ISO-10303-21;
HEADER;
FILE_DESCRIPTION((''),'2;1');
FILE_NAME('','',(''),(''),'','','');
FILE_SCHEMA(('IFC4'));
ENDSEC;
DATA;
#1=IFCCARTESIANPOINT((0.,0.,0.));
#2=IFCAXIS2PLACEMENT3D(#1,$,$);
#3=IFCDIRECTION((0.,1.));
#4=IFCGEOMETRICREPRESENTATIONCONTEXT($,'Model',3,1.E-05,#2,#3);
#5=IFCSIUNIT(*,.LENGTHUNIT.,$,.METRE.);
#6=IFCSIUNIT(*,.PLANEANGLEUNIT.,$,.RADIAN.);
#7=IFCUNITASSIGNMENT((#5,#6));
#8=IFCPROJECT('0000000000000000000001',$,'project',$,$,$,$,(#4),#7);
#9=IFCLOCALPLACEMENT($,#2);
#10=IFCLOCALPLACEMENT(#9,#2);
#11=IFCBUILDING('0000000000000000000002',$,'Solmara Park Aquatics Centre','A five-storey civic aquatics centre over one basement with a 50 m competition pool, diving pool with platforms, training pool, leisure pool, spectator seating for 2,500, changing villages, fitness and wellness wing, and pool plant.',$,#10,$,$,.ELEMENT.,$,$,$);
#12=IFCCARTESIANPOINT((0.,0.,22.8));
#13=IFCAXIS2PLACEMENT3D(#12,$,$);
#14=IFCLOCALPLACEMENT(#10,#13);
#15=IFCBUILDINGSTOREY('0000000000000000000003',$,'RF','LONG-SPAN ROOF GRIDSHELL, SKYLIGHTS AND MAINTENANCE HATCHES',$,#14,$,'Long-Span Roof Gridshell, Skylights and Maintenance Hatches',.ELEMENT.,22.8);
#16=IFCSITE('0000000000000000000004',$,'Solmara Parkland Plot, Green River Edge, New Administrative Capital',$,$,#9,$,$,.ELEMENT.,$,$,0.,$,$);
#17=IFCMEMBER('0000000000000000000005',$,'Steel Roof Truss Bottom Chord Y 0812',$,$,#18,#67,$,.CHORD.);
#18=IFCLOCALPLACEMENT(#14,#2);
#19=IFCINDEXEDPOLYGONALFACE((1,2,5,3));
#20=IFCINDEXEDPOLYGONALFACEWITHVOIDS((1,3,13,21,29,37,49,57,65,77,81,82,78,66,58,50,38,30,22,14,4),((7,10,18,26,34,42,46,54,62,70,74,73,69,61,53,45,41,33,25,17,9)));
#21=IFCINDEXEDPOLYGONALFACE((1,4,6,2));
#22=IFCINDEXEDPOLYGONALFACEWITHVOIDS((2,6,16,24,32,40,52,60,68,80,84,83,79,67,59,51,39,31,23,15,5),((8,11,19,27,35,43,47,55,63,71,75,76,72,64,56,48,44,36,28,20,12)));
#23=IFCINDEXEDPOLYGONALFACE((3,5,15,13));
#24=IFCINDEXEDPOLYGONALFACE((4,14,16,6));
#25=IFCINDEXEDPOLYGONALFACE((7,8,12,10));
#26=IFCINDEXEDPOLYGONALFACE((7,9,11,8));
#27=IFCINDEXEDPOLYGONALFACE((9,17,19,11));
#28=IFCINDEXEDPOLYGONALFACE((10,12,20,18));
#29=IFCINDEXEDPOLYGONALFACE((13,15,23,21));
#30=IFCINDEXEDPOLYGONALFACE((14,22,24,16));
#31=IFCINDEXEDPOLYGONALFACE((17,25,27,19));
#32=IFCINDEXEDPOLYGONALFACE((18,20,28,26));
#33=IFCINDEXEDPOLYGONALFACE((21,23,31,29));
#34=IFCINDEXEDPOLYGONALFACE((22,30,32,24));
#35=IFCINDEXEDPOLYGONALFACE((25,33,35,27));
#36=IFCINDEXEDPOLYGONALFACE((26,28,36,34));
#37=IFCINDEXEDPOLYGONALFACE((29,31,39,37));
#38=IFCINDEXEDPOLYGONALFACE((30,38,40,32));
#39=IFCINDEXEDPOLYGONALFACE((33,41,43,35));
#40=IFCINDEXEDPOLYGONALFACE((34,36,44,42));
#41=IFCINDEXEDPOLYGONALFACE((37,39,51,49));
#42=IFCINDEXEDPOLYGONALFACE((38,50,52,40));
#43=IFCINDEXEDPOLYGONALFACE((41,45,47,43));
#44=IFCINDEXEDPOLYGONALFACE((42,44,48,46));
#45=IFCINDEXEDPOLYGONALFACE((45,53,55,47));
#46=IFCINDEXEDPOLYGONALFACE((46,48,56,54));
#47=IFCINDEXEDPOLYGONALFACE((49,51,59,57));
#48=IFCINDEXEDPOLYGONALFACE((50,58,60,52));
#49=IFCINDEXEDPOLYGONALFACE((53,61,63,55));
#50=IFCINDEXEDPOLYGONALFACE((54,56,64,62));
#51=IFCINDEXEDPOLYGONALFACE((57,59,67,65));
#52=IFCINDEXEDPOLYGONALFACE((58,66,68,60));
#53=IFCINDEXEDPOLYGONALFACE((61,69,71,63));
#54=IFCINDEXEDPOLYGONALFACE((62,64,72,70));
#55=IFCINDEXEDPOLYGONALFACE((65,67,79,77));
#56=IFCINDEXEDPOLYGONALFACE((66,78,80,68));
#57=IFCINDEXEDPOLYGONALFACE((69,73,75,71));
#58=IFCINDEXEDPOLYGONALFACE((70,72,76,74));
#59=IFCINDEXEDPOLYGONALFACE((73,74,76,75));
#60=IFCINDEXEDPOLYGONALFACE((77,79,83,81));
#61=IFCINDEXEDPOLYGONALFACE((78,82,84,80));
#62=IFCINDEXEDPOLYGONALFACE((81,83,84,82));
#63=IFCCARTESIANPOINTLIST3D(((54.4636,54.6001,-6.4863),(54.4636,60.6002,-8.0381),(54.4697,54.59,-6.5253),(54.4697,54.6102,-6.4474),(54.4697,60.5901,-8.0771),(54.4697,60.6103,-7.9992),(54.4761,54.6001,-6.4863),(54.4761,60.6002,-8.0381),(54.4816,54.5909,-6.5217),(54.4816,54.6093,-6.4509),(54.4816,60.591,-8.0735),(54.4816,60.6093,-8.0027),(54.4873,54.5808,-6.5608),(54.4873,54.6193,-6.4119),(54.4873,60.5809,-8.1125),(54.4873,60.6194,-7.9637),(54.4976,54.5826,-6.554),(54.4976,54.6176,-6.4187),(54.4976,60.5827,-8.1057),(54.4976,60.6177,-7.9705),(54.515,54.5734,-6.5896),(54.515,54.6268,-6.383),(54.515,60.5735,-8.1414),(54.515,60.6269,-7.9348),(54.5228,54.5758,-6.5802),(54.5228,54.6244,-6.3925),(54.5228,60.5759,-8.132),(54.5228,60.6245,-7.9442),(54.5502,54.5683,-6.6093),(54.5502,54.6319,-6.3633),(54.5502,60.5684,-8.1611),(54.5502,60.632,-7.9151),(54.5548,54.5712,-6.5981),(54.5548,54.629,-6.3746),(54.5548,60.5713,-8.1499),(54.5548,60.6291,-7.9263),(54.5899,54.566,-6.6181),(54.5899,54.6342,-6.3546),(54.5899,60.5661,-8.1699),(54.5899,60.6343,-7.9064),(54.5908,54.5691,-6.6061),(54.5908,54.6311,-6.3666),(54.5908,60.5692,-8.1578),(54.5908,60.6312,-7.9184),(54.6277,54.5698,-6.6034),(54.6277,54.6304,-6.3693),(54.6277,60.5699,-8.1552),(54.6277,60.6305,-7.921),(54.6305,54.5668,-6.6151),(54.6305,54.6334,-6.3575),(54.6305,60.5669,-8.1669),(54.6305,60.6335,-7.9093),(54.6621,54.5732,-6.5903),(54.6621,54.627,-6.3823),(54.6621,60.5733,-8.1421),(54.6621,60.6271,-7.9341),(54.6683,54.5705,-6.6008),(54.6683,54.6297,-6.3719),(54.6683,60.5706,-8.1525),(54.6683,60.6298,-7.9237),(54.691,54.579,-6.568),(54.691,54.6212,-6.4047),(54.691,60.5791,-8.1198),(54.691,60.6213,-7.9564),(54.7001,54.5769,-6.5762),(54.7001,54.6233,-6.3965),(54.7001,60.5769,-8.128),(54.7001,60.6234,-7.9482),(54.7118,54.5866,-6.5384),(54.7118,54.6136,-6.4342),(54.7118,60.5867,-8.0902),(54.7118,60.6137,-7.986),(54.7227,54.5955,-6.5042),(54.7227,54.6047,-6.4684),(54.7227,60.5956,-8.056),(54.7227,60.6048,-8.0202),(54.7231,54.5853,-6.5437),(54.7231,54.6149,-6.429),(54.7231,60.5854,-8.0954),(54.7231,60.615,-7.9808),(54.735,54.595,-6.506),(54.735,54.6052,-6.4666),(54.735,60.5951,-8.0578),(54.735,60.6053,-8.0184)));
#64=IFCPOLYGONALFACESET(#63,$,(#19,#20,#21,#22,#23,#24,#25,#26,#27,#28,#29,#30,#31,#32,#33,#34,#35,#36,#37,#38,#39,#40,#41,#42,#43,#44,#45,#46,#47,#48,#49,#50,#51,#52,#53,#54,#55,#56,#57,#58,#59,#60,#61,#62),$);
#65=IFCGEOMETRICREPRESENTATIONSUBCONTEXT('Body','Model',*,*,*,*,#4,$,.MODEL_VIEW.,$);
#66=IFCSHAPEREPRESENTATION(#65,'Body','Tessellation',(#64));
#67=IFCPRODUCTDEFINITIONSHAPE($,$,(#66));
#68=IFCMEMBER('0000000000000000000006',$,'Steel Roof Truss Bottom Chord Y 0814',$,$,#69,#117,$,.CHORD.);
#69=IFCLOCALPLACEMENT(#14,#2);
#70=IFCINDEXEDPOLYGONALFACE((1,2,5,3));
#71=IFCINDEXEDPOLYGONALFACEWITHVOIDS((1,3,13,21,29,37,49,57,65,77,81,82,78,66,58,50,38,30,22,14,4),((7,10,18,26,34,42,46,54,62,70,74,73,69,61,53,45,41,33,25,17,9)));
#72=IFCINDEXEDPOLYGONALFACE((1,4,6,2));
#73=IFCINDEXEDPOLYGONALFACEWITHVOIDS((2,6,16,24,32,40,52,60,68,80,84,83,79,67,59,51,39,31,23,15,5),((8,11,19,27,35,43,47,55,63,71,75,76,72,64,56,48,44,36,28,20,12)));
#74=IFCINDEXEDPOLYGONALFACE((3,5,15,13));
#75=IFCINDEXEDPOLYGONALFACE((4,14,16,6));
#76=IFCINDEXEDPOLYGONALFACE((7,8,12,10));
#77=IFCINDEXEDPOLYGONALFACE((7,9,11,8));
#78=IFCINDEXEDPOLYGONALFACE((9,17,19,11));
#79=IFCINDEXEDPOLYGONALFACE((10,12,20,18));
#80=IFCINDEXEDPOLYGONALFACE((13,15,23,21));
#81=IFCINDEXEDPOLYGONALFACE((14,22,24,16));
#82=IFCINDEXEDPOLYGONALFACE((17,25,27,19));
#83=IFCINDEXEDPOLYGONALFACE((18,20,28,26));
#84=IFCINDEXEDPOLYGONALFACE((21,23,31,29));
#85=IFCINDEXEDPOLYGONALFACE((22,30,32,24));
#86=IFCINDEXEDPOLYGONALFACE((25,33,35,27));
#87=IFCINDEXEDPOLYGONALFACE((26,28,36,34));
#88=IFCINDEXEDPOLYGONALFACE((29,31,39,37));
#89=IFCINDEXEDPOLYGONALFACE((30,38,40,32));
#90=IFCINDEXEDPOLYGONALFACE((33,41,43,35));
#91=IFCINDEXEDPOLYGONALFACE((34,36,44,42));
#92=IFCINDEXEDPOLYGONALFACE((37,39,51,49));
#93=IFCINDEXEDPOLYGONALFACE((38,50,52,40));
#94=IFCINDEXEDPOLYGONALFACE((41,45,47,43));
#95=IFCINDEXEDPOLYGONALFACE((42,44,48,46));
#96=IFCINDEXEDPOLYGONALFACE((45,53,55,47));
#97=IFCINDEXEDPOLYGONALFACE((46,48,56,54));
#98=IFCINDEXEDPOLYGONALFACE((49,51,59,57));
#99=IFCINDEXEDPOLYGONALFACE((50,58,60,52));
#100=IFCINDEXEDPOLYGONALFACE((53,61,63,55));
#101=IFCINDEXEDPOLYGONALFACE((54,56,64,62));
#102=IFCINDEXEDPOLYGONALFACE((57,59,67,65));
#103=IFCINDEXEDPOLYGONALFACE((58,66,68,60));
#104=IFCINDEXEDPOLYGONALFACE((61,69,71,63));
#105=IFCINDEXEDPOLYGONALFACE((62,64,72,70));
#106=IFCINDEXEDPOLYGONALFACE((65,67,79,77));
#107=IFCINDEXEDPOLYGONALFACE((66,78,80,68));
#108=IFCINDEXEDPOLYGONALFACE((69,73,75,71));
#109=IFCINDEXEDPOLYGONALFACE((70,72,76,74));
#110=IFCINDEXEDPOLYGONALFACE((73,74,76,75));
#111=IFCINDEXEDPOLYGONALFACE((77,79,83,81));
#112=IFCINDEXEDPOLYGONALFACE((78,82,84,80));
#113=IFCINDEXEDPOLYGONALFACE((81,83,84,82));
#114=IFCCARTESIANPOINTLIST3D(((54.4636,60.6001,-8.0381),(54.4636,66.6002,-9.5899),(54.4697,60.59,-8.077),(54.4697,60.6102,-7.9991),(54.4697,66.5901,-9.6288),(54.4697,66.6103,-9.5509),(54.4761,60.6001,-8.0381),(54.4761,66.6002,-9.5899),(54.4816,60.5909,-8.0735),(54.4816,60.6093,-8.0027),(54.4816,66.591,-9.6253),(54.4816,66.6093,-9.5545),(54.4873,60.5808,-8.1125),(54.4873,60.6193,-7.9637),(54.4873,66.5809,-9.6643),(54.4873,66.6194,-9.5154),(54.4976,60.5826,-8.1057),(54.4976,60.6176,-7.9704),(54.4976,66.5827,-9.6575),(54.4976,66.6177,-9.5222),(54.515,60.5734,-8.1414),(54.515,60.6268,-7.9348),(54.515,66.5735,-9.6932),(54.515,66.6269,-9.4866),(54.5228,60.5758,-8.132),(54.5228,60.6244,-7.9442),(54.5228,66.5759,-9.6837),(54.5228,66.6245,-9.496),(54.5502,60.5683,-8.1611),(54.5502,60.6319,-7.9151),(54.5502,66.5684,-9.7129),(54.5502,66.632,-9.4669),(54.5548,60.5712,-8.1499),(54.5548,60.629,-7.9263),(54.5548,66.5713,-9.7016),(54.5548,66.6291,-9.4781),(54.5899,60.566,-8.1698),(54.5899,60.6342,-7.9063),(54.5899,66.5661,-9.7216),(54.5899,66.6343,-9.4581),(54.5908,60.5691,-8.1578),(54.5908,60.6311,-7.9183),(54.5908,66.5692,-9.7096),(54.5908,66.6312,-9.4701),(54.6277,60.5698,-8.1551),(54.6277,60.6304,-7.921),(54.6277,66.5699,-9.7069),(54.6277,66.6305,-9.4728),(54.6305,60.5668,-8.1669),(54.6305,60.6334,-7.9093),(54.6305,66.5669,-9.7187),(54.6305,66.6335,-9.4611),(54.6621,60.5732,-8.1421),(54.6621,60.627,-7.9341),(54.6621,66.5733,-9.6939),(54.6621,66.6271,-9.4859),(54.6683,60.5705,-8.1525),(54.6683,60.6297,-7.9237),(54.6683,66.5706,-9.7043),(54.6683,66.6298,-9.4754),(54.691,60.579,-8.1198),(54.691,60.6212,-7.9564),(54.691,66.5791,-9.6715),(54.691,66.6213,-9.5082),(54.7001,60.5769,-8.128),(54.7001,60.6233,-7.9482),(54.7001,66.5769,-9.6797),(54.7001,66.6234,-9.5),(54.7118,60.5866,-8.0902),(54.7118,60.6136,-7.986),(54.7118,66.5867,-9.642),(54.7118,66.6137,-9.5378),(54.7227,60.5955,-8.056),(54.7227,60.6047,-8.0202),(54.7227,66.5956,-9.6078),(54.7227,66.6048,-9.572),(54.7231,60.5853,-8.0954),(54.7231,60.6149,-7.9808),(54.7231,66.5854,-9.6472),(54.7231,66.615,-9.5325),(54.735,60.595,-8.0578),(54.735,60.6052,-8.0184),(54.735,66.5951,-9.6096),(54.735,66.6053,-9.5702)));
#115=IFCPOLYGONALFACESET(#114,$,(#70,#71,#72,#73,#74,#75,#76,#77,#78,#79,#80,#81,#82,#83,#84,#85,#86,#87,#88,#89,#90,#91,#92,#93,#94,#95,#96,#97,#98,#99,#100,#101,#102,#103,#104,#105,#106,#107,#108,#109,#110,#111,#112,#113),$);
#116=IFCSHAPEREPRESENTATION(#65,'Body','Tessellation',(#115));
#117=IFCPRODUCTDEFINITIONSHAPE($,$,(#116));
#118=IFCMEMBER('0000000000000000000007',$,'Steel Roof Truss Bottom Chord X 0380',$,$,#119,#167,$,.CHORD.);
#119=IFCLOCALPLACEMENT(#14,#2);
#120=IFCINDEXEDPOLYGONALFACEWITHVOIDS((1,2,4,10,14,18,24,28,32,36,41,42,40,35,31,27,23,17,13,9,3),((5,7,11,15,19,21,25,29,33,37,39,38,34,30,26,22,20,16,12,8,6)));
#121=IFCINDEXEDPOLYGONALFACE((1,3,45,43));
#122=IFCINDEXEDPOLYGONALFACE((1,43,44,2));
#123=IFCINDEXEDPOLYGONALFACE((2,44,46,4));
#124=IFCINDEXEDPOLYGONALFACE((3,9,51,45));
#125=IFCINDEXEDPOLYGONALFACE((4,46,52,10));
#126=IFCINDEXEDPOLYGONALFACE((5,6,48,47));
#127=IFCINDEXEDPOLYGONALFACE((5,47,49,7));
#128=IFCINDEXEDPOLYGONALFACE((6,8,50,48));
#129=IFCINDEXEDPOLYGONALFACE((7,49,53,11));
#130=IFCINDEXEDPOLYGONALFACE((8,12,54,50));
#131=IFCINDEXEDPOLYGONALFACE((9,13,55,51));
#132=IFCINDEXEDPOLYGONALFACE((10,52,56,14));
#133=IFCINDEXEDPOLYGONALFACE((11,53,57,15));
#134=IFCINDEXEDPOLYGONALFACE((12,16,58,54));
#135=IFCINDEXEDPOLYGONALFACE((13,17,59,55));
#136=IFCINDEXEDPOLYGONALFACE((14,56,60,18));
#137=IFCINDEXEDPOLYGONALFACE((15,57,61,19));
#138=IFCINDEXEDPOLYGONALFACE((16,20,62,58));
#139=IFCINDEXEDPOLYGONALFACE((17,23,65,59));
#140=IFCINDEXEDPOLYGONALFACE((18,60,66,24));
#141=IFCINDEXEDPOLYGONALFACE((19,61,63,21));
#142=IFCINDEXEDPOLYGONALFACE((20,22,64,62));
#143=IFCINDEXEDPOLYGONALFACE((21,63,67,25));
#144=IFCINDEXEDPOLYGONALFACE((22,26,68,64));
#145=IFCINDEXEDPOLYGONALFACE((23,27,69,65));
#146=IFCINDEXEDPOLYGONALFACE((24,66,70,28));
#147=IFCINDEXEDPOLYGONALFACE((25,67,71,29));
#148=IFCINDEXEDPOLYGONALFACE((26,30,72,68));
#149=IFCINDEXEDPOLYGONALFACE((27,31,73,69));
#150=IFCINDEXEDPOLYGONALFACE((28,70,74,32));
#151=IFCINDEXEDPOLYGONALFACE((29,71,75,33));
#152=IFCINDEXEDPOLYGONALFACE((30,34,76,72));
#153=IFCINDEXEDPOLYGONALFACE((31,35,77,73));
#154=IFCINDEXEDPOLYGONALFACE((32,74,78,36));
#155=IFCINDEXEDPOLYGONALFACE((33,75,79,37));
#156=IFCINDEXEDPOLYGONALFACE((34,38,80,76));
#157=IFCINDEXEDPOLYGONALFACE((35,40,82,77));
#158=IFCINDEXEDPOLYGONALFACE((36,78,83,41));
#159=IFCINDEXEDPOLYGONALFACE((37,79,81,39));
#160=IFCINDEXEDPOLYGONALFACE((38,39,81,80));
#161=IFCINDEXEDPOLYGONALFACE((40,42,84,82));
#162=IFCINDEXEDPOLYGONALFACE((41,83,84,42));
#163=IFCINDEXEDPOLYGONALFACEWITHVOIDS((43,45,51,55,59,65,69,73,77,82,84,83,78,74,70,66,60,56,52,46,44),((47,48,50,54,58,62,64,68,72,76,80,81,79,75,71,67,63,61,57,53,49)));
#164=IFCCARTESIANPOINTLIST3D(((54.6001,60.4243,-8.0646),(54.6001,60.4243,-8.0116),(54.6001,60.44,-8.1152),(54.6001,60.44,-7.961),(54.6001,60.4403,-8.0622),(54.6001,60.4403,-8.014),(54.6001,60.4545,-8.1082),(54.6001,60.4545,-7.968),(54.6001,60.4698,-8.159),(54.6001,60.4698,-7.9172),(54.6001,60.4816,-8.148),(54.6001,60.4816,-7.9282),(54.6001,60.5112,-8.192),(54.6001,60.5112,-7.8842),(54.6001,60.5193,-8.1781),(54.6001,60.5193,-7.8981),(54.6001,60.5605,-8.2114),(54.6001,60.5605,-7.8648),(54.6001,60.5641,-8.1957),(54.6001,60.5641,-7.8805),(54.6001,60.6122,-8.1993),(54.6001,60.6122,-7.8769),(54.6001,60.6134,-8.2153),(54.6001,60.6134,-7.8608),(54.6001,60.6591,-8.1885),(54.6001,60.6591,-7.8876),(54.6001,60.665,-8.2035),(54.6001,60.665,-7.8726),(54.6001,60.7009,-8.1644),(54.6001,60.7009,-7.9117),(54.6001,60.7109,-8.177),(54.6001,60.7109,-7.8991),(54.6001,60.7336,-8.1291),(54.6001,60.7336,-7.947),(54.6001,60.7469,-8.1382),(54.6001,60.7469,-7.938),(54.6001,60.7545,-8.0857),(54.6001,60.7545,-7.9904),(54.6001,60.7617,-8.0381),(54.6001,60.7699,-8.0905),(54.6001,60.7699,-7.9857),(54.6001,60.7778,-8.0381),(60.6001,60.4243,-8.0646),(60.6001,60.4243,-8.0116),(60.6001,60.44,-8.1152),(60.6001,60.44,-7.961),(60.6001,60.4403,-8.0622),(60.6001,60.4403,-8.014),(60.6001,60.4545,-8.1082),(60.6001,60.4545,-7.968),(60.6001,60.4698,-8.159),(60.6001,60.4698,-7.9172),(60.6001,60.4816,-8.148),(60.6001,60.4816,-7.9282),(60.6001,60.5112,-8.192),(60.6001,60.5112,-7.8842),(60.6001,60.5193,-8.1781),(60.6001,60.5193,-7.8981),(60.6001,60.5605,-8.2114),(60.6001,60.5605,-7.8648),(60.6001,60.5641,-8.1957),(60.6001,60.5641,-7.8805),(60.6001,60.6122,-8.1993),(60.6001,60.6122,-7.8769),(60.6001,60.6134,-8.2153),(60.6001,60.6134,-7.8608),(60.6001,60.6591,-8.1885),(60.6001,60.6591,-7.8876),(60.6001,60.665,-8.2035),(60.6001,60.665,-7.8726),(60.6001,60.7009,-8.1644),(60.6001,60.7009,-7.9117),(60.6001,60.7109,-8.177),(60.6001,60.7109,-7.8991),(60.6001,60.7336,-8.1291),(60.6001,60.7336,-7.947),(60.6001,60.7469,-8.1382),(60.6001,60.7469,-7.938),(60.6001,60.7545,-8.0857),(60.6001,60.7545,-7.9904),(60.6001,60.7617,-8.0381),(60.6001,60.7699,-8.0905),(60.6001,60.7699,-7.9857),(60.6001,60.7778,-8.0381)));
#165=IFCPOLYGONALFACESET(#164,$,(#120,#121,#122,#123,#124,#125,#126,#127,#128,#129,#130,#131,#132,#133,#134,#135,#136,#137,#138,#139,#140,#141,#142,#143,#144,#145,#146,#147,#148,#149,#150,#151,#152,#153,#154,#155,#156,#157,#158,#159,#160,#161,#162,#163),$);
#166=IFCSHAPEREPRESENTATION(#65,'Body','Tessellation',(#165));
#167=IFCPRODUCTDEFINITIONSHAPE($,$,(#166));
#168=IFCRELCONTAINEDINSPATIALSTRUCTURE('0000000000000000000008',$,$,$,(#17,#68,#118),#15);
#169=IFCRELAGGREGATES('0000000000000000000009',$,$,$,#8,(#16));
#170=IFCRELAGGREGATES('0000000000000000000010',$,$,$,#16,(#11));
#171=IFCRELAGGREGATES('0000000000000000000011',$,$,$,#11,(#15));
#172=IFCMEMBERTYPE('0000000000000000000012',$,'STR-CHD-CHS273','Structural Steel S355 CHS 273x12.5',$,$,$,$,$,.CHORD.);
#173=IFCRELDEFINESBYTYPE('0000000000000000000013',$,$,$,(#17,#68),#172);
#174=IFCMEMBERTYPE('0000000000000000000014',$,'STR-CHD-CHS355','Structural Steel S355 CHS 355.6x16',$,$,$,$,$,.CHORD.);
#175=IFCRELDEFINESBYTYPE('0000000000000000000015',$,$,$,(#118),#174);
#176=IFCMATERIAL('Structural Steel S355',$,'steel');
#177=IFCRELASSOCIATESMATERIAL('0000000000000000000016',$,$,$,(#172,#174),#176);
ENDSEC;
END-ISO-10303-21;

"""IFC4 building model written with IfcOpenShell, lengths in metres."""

from ifc_helpers import new_model, si_unit, direction, frame, origin, origin_2d, place, context, subcontext, project, spatial, hollow_circle, extrude, material, material_profile, profile_set, type_object, element, save


model = new_model("IFC4")

# Units and contexts
model_context = context("Model", 3, precision=1e-05, world=origin(), true_north=direction((0.0, 1.0)))
body_context = subcontext(model_context, "Body", "Model", "MODEL_VIEW")
ifc_project = project(units=[si_unit("LENGTHUNIT", "METRE"), si_unit("PLANEANGLEUNIT", "RADIAN")], contexts=[model_context])

# Site, building, storey
site_placement = place(None, origin())
site = spatial("IfcSite", under=ifc_project, at=site_placement, Name="Solmara Parkland Plot, Green River Edge, New Administrative Capital", CompositionType="ELEMENT", RefElevation=0.0)
building_placement = place(site_placement, origin())
building = spatial("IfcBuilding", under=site, at=building_placement, Name="Solmara Park Aquatics Centre", Description="A five-storey civic aquatics centre over one basement with a 50 m competition pool, diving pool with platforms, training pool, leisure pool, spectator seating for 2,500, changing villages, fitness and wellness wing, and pool plant.", CompositionType="ELEMENT")
storey_placement = place(building_placement, frame((0.0, 0.0, 22.8)))
storey = spatial("IfcBuildingStorey", under=building, at=storey_placement, Name="RF", Description="LONG-SPAN ROOF GRIDSHELL, SKYLIGHTS AND MAINTENANCE HATCHES", LongName="Long-Span Roof Gridshell, Skylights and Maintenance Hatches", CompositionType="ELEMENT", Elevation=22.8)

# Members
ifc_material_1 = material(Name="Structural Steel S355", Category="steel")
ifc_material_profile_1 = material_profile(ifc_material_1, hollow_circle(Radius=0.1365, WallThickness=0.0125, at=origin_2d()), Name="CHS 273x12.5")
ifc_profile_set_1 = profile_set([ifc_material_profile_1], Name="Structural Steel S355")
member_type_1 = type_object("IfcMemberType", Name="STR-CHD-CHS273", Description="Structural Steel S355 CHS 273x12.5", PredefinedType="CHORD", material=ifc_profile_set_1)
for number, where, z_axis, x_axis, name in (
    (1, (54.6001, 54.6001, -6.4863), (0.0, 0.968146, -0.250388), (-1.0, 0.0, 0.0), "Steel Roof Truss Bottom Chord Y 0812"),
    (2, (54.6001, 60.6001, -8.0381), (0.0, 0.968146, -0.250388), (-1.0, 0.0, 0.0), "Steel Roof Truss Bottom Chord Y 0814"),
):
    element("IfcMember", number, at=place(storey_placement, frame(where, z_axis=z_axis, x_axis=x_axis)), inside=storey, type_object=member_type_1, Name=name, PredefinedType="CHORD", context=body_context, shape_type="SweptSolid", body=[
        extrude(hollow_circle(Radius=0.1365, WallThickness=0.0125, at=origin_2d()), origin(), (0.0, 0.0, 1.0), 6.1975),
    ])
ifc_material_profile_2 = material_profile(ifc_material_1, hollow_circle(Radius=0.1777, WallThickness=0.0161, at=origin_2d()), Name="CHS 355.6x16")
ifc_profile_set_2 = profile_set([ifc_material_profile_2], Name="Structural Steel S355")
member_type_2 = type_object("IfcMemberType", Name="STR-CHD-CHS355", Description="Structural Steel S355 CHS 355.6x16", PredefinedType="CHORD", material=ifc_profile_set_2)
for number, where, z_axis, x_axis, name in (
    (3, (54.6001, 60.6001, -8.0381), (1.0, 0.0, 0.0), (0.0, 1.0, 0.0), "Steel Roof Truss Bottom Chord X 0380"),
):
    element("IfcMember", number, at=place(storey_placement, frame(where, z_axis=z_axis, x_axis=x_axis)), inside=storey, type_object=member_type_2, Name=name, PredefinedType="CHORD", context=body_context, shape_type="SweptSolid", body=[
        extrude(hollow_circle(Radius=0.1777, WallThickness=0.0161, at=origin_2d()), origin(), (0.0, 0.0, 1.0), 6.0),
    ])

save(model, "model.ifc")
